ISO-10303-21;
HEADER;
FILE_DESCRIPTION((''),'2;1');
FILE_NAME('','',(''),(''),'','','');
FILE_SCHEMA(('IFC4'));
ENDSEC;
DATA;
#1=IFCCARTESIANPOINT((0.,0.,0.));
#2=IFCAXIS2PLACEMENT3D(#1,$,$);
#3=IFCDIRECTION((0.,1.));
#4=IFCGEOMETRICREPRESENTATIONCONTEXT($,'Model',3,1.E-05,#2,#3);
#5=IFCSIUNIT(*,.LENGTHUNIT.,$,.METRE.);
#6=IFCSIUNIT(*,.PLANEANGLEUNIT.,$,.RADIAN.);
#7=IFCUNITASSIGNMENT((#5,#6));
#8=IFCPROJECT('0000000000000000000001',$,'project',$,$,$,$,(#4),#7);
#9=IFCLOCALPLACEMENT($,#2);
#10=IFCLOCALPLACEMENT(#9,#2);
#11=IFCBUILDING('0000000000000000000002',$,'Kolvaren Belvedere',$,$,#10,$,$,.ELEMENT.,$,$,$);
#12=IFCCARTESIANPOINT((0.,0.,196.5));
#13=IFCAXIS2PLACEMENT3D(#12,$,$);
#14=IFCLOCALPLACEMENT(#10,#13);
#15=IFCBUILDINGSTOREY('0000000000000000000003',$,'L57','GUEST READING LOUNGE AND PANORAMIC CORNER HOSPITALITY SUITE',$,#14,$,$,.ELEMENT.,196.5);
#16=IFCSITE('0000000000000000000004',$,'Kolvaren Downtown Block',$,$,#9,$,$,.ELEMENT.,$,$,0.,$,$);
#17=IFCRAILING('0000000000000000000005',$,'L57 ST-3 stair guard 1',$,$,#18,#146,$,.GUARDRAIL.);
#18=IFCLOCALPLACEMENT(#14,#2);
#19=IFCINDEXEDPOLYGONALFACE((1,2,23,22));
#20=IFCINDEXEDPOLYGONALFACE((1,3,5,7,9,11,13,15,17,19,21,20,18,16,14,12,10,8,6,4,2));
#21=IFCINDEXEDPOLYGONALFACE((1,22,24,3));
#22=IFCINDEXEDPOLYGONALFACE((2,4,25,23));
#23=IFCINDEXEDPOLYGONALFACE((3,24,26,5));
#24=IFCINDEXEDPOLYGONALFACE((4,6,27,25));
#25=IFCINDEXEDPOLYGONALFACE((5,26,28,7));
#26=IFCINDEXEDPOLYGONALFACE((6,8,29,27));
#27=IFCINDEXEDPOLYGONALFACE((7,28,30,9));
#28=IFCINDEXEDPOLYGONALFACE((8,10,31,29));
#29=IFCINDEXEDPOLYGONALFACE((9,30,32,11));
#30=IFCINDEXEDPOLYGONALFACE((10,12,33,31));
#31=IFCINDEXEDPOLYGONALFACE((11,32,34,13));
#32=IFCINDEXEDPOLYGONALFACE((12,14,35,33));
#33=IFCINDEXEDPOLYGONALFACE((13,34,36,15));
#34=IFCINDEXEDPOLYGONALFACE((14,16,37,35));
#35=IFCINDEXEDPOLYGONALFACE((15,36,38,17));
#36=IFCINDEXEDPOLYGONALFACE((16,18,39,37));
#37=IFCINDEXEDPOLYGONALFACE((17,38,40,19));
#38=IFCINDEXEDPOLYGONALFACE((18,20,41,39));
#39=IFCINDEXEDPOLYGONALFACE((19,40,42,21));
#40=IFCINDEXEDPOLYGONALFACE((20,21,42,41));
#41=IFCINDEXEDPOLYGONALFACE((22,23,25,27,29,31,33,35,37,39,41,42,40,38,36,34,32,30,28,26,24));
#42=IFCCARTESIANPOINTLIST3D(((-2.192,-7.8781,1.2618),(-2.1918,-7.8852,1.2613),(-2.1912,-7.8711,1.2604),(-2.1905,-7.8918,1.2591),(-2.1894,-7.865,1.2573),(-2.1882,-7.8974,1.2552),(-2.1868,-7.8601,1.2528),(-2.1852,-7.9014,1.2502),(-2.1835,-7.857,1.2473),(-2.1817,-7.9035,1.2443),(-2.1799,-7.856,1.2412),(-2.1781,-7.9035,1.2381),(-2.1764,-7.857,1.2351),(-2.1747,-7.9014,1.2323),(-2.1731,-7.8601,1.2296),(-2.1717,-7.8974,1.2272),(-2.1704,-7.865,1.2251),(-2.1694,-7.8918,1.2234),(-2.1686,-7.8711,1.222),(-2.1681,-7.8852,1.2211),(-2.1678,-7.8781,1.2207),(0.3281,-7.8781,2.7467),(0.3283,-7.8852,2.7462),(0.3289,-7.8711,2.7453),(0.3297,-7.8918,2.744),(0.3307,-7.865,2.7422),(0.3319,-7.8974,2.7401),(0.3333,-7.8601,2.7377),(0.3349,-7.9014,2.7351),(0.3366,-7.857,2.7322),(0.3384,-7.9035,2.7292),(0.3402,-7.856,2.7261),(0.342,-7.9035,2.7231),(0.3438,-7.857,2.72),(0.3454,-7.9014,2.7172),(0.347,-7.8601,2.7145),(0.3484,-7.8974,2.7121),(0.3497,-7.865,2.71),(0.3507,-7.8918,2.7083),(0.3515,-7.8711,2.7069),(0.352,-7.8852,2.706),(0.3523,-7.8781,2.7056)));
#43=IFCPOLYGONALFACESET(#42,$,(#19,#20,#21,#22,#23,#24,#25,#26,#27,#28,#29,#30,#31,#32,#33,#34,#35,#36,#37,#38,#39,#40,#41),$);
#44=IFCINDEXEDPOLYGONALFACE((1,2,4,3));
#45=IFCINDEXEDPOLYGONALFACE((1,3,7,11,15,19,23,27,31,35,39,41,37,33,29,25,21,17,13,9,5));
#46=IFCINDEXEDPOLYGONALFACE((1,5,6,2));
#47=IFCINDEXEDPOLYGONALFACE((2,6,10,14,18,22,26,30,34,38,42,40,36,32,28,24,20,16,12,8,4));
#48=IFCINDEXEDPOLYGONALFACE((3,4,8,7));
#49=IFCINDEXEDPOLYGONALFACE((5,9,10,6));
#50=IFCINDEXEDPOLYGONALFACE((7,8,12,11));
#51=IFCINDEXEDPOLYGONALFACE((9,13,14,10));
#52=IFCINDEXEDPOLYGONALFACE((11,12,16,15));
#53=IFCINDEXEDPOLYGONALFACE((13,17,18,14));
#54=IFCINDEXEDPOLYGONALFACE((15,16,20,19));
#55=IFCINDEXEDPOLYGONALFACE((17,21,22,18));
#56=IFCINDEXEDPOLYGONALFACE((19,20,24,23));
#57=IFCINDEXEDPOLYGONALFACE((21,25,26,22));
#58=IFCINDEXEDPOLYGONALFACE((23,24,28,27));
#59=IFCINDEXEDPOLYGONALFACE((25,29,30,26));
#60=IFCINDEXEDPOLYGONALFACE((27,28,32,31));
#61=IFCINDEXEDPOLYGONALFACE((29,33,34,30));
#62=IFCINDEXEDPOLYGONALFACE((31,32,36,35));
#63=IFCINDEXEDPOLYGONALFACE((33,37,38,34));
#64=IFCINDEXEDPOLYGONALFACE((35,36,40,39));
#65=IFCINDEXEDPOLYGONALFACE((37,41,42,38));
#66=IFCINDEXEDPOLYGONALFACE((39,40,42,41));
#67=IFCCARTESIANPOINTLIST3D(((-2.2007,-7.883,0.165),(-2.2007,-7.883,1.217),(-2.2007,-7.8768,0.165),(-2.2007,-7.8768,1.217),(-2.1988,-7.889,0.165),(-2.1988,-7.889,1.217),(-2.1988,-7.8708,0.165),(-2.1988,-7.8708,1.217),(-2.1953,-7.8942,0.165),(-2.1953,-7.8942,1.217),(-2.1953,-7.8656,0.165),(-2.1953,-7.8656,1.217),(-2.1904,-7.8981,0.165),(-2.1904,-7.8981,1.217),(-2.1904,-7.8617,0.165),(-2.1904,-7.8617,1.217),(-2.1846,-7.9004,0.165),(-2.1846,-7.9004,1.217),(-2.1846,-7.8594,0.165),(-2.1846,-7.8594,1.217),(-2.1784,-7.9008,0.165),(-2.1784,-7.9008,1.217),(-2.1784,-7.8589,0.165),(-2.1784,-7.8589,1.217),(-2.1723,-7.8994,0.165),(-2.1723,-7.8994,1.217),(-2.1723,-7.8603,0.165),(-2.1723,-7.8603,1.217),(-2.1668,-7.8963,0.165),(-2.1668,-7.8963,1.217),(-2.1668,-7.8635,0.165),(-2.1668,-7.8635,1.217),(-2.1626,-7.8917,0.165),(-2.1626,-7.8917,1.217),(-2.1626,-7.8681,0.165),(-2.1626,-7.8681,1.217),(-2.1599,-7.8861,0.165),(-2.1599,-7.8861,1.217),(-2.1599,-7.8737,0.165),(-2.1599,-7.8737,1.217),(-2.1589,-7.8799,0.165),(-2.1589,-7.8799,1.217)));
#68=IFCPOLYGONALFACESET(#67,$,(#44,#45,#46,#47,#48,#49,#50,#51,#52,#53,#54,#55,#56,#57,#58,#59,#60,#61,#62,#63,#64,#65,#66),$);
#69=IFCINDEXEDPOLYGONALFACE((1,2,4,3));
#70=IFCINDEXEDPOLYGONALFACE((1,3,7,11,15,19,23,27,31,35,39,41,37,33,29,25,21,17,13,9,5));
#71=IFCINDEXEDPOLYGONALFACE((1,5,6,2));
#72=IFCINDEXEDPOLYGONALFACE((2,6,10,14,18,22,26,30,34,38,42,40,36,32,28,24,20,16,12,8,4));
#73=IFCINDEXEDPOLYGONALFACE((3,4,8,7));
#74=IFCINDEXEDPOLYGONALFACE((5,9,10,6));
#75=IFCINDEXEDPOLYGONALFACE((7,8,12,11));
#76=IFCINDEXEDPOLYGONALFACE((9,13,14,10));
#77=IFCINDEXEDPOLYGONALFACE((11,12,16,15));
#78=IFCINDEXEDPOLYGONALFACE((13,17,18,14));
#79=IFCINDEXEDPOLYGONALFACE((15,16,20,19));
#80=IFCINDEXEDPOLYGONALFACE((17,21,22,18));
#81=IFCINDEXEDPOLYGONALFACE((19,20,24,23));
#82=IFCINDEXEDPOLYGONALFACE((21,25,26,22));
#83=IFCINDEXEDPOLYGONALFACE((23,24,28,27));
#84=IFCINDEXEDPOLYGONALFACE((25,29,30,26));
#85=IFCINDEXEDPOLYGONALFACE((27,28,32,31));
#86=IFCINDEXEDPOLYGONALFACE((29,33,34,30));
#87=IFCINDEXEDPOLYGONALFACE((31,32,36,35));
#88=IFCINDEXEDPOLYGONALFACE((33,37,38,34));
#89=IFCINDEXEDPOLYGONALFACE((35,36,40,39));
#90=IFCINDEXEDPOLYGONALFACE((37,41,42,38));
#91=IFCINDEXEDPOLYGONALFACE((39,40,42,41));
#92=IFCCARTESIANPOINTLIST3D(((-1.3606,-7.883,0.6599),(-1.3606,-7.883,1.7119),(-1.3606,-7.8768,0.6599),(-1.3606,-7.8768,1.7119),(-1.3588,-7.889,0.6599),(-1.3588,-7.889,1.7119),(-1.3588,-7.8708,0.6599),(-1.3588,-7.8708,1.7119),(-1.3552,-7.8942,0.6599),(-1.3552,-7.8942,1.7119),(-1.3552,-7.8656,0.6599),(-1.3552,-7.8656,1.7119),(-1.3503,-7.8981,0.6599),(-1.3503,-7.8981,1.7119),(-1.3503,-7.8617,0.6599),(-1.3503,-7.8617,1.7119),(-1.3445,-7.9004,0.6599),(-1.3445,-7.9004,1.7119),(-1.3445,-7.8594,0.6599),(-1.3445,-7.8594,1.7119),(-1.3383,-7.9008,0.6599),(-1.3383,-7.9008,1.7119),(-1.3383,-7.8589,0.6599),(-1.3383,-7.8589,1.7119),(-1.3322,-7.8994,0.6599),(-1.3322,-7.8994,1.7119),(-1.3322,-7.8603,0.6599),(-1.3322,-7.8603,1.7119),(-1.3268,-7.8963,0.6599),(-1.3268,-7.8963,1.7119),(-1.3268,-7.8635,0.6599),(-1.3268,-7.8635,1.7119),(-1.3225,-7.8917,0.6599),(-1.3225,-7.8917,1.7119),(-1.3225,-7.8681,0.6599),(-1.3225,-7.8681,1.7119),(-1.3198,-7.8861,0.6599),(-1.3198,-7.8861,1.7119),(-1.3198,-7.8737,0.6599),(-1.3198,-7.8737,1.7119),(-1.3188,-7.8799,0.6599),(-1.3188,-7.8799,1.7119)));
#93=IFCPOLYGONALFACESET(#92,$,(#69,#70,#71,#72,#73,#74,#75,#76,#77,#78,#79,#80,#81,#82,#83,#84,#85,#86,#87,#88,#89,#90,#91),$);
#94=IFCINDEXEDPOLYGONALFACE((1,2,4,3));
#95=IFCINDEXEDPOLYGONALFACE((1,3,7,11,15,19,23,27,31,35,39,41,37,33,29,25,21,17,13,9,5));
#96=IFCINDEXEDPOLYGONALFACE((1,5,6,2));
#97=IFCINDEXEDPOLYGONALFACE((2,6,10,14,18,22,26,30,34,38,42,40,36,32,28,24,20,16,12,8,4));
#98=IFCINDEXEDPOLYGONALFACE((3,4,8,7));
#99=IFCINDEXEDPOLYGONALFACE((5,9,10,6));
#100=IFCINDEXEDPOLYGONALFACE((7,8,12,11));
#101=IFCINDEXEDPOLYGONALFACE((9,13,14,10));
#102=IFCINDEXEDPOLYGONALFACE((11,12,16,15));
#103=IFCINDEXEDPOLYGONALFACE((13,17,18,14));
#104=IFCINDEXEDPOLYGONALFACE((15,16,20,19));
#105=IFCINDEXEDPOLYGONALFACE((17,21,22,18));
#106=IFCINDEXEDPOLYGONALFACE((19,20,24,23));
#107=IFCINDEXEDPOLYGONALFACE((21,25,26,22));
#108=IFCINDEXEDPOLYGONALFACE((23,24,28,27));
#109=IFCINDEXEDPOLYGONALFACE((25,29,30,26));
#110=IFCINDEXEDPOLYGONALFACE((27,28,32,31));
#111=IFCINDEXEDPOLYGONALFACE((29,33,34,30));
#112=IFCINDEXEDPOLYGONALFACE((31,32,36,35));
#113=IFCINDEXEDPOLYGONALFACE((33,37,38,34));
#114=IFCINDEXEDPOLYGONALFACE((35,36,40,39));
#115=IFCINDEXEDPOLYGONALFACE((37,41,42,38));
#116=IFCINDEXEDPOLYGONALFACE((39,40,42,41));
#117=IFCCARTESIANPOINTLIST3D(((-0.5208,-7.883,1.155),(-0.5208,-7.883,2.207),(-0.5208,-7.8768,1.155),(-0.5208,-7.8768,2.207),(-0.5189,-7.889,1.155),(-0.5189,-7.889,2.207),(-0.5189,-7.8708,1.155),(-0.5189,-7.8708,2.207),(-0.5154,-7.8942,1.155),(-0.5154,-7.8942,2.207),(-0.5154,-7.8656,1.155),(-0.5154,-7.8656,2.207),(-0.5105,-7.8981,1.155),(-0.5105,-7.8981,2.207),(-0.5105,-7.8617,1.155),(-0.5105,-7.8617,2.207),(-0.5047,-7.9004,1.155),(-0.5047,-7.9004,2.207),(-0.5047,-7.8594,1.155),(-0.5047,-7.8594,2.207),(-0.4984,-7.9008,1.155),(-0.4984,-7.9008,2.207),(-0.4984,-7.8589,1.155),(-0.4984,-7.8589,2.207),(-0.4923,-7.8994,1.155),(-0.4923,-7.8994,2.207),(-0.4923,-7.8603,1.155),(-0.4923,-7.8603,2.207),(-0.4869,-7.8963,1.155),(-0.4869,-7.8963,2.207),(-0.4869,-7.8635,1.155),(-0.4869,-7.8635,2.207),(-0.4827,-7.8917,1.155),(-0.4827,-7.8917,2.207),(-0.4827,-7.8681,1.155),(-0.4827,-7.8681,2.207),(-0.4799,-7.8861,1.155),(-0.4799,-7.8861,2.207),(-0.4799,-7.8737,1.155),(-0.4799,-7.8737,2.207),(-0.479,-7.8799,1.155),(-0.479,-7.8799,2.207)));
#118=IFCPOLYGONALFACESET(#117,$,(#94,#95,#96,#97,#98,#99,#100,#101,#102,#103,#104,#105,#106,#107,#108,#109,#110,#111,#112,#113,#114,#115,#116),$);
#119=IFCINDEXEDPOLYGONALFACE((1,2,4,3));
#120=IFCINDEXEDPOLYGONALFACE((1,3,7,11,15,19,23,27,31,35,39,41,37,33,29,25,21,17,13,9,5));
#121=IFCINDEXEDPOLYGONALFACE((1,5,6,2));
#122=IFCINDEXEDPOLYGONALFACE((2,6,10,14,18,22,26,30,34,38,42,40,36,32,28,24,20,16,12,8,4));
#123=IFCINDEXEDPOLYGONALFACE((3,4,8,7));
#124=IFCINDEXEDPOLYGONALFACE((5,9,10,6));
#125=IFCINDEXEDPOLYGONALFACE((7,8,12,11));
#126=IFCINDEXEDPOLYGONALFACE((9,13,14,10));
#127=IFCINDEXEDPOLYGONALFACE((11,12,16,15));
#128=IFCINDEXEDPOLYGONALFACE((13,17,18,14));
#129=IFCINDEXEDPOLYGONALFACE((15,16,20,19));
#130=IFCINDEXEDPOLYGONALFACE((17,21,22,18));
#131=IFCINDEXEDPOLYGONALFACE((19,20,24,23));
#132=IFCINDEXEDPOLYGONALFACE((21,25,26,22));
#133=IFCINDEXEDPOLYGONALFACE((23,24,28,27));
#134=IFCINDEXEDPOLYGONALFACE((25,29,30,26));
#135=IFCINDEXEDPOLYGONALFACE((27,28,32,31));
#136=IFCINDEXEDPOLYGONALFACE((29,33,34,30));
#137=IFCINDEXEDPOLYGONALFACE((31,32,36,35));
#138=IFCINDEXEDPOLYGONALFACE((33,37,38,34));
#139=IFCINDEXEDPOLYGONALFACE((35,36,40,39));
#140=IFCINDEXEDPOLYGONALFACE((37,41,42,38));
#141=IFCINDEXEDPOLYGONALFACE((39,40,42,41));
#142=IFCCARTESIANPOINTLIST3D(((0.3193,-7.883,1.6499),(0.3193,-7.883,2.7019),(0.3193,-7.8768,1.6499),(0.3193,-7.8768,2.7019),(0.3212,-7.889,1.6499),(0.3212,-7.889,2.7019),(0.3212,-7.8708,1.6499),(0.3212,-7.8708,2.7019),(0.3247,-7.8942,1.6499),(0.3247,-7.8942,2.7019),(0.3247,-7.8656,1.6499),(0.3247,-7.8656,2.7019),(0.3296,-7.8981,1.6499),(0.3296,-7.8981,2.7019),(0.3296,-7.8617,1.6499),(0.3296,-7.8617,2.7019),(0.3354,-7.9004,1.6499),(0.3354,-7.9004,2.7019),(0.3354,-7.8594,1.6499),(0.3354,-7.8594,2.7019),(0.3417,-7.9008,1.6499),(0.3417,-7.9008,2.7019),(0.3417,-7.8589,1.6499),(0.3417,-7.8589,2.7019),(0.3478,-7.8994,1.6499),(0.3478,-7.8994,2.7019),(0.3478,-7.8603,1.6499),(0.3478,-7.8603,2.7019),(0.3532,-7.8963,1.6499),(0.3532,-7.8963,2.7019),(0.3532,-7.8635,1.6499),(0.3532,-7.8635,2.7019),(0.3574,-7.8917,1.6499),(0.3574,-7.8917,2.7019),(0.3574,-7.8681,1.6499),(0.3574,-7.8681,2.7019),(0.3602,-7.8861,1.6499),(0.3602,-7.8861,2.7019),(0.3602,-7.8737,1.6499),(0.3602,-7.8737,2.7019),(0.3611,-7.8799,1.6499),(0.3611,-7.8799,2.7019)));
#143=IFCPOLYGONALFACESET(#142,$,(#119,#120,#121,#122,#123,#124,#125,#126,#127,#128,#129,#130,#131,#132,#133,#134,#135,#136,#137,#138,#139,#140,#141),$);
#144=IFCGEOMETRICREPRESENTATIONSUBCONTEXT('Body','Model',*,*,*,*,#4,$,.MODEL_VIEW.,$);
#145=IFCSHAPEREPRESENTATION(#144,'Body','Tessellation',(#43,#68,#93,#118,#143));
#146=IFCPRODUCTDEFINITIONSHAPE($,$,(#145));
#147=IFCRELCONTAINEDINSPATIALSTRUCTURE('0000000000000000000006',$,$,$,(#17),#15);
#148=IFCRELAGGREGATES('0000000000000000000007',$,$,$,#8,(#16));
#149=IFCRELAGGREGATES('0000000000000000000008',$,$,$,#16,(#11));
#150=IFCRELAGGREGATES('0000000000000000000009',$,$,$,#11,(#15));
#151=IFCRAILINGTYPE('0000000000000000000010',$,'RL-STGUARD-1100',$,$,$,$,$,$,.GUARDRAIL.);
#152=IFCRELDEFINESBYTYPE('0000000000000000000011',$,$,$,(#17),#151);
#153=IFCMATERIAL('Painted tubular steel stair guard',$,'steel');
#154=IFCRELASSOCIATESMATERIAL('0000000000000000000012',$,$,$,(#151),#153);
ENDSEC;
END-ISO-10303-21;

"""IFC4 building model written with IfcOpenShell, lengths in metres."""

from ifc_helpers import new_model, si_unit, direction, frame, origin, origin_2d, place, context, subcontext, project, spatial, circle, extrude, material, type_object, element, save


model = new_model("IFC4")

# Units and contexts
model_context = context("Model", 3, precision=1e-05, world=origin(), true_north=direction((0.0, 1.0)))
body_context = subcontext(model_context, "Body", "Model", "MODEL_VIEW")
ifc_project = project(units=[si_unit("LENGTHUNIT", "METRE"), si_unit("PLANEANGLEUNIT", "RADIAN")], contexts=[model_context])

# Site, building, storey
site_placement = place(None, origin())
site = spatial("IfcSite", under=ifc_project, at=site_placement, Name="Kolvaren Downtown Block", CompositionType="ELEMENT", RefElevation=0.0)
building_placement = place(site_placement, origin())
building = spatial("IfcBuilding", under=site, at=building_placement, Name="Kolvaren Belvedere", CompositionType="ELEMENT")
storey_placement = place(building_placement, frame((0.0, 0.0, 196.5)))
storey = spatial("IfcBuildingStorey", under=building, at=storey_placement, Name="L57", Description="GUEST READING LOUNGE AND PANORAMIC CORNER HOSPITALITY SUITE", CompositionType="ELEMENT", Elevation=196.5)

# Railing
ifc_material_1 = material(Name="Painted tubular steel stair guard", Category="steel")
railing_type_1 = type_object("IfcRailingType", Name="RL-STGUARD-1100", PredefinedType="GUARDRAIL", material=ifc_material_1)
railing_1_placement = place(storey_placement, frame((-2.1799, -7.8799, 0.165)))
element("IfcRailing", 1, at=railing_1_placement, inside=storey, type_object=railing_type_1, Name="L57 ST-3 stair guard 1", PredefinedType="GUARDRAIL", context=body_context, shape_type="SweptSolid", body=[
    extrude(circle(Radius=0.0239, at=origin_2d()), frame((0.0, 0.0, 1.0762), z_axis=(0.861561, 0.0, 0.507655), x_axis=(0.0, 1.0, 0.0)), (0.0, 0.0, 1.0), 2.925),
    extrude(circle(Radius=0.021, at=origin_2d()), origin(), (0.0, 0.0, 1.0), 1.052),
    extrude(circle(Radius=0.021, at=origin_2d()), frame((0.8401, 0.0, 0.4949)), (0.0, 0.0, 1.0), 1.052),
    extrude(circle(Radius=0.021, at=origin_2d()), frame((1.6799, 0.0, 0.99)), (0.0, 0.0, 1.0), 1.052),
    extrude(circle(Radius=0.021, at=origin_2d()), frame((2.52, 0.0, 1.4849)), (0.0, 0.0, 1.0), 1.052),
])

save(model, "model.ifc")
